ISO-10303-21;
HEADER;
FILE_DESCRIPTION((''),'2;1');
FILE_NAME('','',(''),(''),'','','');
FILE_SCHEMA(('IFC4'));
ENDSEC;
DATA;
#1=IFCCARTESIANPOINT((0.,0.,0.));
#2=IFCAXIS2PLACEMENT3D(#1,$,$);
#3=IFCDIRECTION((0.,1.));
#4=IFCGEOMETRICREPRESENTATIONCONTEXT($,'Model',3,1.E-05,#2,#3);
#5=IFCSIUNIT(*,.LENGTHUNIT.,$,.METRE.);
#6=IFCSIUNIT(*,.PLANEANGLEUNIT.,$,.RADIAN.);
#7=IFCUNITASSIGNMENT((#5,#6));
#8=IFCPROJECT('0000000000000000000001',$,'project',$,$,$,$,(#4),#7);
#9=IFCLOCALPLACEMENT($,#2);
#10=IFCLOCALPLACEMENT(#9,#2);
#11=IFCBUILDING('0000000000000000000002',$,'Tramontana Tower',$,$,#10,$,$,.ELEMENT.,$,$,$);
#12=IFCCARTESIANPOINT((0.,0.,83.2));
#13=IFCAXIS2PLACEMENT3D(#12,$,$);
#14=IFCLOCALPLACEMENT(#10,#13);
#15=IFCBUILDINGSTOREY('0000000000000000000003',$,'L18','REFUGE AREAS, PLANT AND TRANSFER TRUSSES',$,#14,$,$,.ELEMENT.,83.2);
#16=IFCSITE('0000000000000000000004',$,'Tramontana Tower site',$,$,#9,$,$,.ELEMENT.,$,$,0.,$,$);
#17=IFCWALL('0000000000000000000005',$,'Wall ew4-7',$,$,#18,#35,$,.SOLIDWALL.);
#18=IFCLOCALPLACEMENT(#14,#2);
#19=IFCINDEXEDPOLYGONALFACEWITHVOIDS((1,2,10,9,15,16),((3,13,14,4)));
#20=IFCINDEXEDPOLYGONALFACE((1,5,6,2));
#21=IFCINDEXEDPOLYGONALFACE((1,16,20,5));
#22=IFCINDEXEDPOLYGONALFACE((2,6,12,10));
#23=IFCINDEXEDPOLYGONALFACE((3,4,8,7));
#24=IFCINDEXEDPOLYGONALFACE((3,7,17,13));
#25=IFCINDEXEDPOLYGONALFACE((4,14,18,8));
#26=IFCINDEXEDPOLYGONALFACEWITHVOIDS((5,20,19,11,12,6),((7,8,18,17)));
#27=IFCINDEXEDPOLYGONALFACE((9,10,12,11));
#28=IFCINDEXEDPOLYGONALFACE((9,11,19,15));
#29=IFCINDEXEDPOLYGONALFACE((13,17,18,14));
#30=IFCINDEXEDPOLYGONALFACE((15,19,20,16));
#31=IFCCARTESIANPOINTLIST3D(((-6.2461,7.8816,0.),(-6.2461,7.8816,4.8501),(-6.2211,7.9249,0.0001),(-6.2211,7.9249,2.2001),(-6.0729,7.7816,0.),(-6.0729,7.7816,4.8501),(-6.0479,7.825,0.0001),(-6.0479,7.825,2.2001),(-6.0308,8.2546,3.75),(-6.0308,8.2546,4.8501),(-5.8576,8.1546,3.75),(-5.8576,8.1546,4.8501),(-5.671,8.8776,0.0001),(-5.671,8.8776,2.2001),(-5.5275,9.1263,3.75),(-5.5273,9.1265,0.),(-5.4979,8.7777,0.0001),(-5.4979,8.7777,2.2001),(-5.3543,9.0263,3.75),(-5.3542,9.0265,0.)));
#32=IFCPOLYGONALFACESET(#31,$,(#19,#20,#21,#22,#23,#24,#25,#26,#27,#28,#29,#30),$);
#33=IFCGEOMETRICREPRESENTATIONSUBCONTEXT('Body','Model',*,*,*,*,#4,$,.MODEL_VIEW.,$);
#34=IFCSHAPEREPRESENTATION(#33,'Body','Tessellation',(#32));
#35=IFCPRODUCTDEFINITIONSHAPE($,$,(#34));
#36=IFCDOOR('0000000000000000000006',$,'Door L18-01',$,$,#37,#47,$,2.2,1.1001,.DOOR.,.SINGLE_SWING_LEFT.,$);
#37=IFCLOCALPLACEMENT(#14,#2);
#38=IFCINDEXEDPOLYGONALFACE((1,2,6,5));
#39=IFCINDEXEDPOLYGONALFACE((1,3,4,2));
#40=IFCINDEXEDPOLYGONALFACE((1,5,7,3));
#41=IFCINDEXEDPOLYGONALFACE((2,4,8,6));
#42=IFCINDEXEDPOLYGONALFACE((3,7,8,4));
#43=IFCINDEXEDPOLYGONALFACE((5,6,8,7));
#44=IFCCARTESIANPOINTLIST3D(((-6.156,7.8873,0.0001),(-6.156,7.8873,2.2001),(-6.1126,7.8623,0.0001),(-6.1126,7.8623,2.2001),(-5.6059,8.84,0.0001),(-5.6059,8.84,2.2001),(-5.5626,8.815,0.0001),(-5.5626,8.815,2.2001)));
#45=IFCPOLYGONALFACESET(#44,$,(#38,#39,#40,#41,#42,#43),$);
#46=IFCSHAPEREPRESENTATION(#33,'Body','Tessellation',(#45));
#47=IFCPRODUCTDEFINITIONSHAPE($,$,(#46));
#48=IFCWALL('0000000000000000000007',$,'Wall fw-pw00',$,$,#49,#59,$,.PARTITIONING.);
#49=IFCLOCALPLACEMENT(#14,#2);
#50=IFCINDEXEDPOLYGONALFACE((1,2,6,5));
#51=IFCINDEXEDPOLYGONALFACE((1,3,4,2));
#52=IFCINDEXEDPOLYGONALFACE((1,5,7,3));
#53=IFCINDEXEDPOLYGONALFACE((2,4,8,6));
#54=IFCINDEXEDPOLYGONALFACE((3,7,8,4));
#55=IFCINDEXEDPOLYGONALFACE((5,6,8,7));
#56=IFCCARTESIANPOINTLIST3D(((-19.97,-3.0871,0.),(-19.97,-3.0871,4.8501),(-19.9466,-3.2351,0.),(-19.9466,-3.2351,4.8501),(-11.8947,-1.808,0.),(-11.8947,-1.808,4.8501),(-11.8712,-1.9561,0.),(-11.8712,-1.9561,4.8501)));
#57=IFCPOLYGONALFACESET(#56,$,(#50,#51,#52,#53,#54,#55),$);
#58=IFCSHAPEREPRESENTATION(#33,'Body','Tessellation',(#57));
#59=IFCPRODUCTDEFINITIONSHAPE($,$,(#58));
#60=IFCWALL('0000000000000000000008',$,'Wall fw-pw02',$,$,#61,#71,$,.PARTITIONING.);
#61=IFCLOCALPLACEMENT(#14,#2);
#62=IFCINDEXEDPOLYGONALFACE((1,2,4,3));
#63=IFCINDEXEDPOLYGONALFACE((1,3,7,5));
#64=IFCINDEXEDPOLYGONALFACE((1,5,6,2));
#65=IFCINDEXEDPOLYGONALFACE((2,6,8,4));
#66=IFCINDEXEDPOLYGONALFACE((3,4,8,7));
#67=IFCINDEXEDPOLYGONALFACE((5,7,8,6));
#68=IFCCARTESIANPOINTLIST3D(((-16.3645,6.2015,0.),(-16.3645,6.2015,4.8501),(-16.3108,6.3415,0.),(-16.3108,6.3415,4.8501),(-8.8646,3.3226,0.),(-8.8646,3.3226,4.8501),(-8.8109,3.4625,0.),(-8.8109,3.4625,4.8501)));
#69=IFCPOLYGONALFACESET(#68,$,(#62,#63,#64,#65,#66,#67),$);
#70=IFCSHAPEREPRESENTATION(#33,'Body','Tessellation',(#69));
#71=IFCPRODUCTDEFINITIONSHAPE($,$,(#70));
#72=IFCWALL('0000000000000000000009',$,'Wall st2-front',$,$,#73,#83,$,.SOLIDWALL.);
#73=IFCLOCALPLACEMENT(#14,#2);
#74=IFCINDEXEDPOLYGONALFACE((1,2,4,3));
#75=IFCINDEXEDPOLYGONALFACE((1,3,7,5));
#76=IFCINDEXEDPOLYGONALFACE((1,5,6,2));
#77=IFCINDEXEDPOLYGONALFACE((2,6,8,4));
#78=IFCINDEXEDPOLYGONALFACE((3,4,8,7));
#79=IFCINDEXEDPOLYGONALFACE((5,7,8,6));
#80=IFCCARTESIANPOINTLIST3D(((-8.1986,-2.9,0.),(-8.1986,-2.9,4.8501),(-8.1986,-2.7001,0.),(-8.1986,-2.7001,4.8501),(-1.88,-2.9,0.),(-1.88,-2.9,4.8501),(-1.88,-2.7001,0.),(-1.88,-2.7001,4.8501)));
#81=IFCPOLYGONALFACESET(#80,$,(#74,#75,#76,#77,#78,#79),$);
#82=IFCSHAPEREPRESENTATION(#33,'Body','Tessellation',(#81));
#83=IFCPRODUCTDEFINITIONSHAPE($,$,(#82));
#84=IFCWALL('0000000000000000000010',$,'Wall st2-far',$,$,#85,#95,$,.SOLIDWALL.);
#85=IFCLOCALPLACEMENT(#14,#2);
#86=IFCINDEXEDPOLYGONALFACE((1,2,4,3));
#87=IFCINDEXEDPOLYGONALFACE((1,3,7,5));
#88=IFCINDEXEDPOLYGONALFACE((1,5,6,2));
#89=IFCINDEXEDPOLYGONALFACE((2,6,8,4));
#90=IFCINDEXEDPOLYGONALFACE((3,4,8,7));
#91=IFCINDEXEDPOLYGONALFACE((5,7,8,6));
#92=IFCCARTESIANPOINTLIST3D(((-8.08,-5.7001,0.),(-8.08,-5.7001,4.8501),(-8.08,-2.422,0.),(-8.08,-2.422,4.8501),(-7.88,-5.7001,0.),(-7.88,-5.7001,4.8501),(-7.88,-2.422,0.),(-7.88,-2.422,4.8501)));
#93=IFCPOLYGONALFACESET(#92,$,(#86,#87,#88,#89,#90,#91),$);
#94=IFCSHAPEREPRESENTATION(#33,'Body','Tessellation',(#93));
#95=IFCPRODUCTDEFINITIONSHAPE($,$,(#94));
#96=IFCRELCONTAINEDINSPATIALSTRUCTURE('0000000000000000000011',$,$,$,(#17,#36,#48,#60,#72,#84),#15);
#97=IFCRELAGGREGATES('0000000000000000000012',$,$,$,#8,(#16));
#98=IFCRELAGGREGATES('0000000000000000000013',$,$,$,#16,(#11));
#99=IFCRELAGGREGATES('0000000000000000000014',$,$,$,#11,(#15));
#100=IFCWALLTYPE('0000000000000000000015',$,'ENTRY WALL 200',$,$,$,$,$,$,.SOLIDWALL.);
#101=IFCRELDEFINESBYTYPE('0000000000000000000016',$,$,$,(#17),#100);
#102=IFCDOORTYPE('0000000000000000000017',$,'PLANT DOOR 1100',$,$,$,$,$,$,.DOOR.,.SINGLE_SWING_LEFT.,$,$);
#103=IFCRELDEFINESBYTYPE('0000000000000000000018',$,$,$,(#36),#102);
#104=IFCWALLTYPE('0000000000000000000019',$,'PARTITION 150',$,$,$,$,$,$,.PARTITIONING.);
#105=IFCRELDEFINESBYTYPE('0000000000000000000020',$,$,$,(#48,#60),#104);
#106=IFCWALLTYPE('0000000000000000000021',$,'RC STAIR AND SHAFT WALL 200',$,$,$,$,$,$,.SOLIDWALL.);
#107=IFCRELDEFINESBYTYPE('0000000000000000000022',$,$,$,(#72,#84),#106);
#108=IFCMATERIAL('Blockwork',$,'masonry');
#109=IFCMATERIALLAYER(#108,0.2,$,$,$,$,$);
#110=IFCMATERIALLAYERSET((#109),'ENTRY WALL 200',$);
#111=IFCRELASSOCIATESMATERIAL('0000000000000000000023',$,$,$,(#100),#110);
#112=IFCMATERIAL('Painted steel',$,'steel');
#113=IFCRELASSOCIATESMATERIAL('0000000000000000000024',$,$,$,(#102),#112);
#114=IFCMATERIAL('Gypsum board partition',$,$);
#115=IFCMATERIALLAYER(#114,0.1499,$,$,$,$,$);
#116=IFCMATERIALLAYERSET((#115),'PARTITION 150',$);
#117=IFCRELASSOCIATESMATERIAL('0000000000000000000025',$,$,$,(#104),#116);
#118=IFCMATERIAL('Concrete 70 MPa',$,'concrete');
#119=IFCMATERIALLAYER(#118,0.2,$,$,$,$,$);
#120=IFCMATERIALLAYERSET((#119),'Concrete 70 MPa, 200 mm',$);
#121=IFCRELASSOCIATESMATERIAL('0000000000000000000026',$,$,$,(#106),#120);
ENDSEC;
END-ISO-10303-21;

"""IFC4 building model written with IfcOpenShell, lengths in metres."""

from ifc_helpers import new_model, si_unit, direction, frame, frame_2d, origin, place, context, subcontext, project, spatial, polyline, rectangle, outline, extrude, material, layer, layer_set, type_object, element, fill, save


model = new_model("IFC4")

# Units and contexts
model_context = context("Model", 3, precision=1e-05, world=origin(), true_north=direction((0.0, 1.0)))
body_context = subcontext(model_context, "Body", "Model", "MODEL_VIEW")
ifc_project = project(units=[si_unit("LENGTHUNIT", "METRE"), si_unit("PLANEANGLEUNIT", "RADIAN")], contexts=[model_context])

# Site, building, storey
site_placement = place(None, origin())
site = spatial("IfcSite", under=ifc_project, at=site_placement, Name="Tramontana Tower site", CompositionType="ELEMENT", RefElevation=0.0)
building_placement = place(site_placement, origin())
building = spatial("IfcBuilding", under=site, at=building_placement, Name="Tramontana Tower", CompositionType="ELEMENT")
storey_placement = place(building_placement, frame((0.0, 0.0, 83.2)))
storey = spatial("IfcBuildingStorey", under=building, at=storey_placement, Name="L18", Description="REFUGE AREAS, PLANT AND TRANSFER TRUSSES", CompositionType="ELEMENT", Elevation=83.2)

# Shared definitions
ifc_material_1 = material(Name="Blockwork", Category="masonry")
ifc_layer_1 = layer(ifc_material_1, 0.2)
ifc_layer_set_1 = layer_set([ifc_layer_1], Name="ENTRY WALL 200")
wall_type_1 = type_object("IfcWallType", Name="ENTRY WALL 200", PredefinedType="SOLIDWALL", material=ifc_layer_set_1)
ifc_material_2 = material(Name="Painted steel", Category="steel")
door_type = type_object("IfcDoorType", Name="PLANT DOOR 1100", OperationType="SINGLE_SWING_LEFT", PredefinedType="DOOR", material=ifc_material_2)

# Wall, opening, door
wall_1_placement = place(storey_placement, frame((-6.1594, 7.8315, 0.0), z_axis=(0.0, 0.0, 1.0), x_axis=(0.500012, 0.866019, 0.0)))
wall_1 = element("IfcWall", 1, at=wall_1_placement, inside=storey, type_object=wall_type_1, Name="Wall ew4-7", PredefinedType="SOLIDWALL", context=body_context, shape_type="SweptSolid", body=[
    extrude(outline(polyline([(0.0, 0.0), (1.4375, 0.0), (1.4373, 3.75), (0.4307, 3.75), (0.4307, 4.8501), (0.0, 4.8501), (0.0, 0.0)])), frame((0.0, 0.1001, 0.0), z_axis=(0.0, -1.0, 0.0), x_axis=(1.0, 0.0, 0.0)), (0.0, 0.0, 1.0), 0.2),
])
opening_1_placement = place(wall_1_placement, frame((0.05, 0.0, 0.0)))
opening_1 = element("IfcOpeningElement", 2, at=opening_1_placement, cuts=wall_1, PredefinedType="OPENING", context=body_context, shape_type="SweptSolid", body=[
    extrude(rectangle(XDim=1.1001, YDim=2.2, at=frame_2d((0.55, 1.1001))), frame((0.0, 0.1099, 0.0), z_axis=(0.0, -1.0, 0.0), x_axis=(1.0, 0.0, 0.0)), (0.0, 0.0, 1.0), 0.22),
])
door_1_placement = place(opening_1_placement, origin())
door_1 = element("IfcDoor", 3, at=door_1_placement, inside=storey, type_object=door_type, Name="Door L18-01", OperationType="SINGLE_SWING_LEFT", OverallHeight=2.2, OverallWidth=1.1001, PredefinedType="DOOR", context=body_context, shape_type="SweptSolid", body=[
    extrude(rectangle(XDim=1.1001, YDim=2.2, at=frame_2d((0.55, 1.1001))), frame((0.0, 0.0249, 0.0), z_axis=(0.0, -1.0, 0.0), x_axis=(1.0, 0.0, 0.0)), (0.0, 0.0, 1.0), 0.05),
])
fill(opening_1, door_1)

# Walls
ifc_material_3 = material(Name="Gypsum board partition")
ifc_layer_2 = layer(ifc_material_3, 0.1499)
ifc_layer_set_2 = layer_set([ifc_layer_2], Name="PARTITION 150")
wall_type_2 = type_object("IfcWallType", Name="PARTITION 150", PredefinedType="PARTITIONING", material=ifc_layer_set_2)
wall_2_placement = place(storey_placement, frame((-11.8831, -1.8821, 0.0), z_axis=(0.0, 0.0, 1.0), x_axis=(-0.987688, -0.156438, 0.0)))
element("IfcWall", 4, at=wall_2_placement, inside=storey, type_object=wall_type_2, Name="Wall fw-pw00", PredefinedType="PARTITIONING", context=body_context, shape_type="SweptSolid", body=[
    extrude(rectangle(XDim=8.176, YDim=0.1499, at=frame_2d((4.0879, 0.0))), origin(), (0.0, 0.0, 1.0), 4.8501),
])
wall_3_placement = place(storey_placement, frame((-8.8379, 3.3926, 0.0), z_axis=(0.0, 0.0, 1.0), x_axis=(-0.93358, 0.35837, 0.0)))
element("IfcWall", 5, at=wall_3_placement, inside=storey, type_object=wall_type_2, Name="Wall fw-pw02", PredefinedType="PARTITIONING", context=body_context, shape_type="SweptSolid", body=[
    extrude(rectangle(XDim=8.0334, YDim=0.1499, at=frame_2d((4.0166, 0.0))), origin(), (0.0, 0.0, 1.0), 4.8501),
])
ifc_material_4 = material(Name="Concrete 70 MPa", Category="concrete")
ifc_layer_3 = layer(ifc_material_4, 0.2)
ifc_layer_set_3 = layer_set([ifc_layer_3], Name="Concrete 70 MPa, 200 mm")
wall_type_3 = type_object("IfcWallType", Name="RC STAIR AND SHAFT WALL 200", PredefinedType="SOLIDWALL", material=ifc_layer_set_3)
wall_4_placement = place(storey_placement, frame((-8.1985, -2.8, 0.0), z_axis=(0.0, 0.0, 1.0), x_axis=(1.0, 0.0, 0.0)))
element("IfcWall", 6, at=wall_4_placement, inside=storey, type_object=wall_type_3, Name="Wall st2-front", PredefinedType="SOLIDWALL", context=body_context, shape_type="SweptSolid", body=[
    extrude(rectangle(XDim=6.3186, YDim=0.2, at=frame_2d((3.1592, 0.0))), origin(), (0.0, 0.0, 1.0), 4.8501),
])
wall_5_placement = place(storey_placement, frame((-7.98, -2.4219, 0.0), z_axis=(0.0, 0.0, 1.0), x_axis=(0.0, -1.0, 0.0)))
element("IfcWall", 7, at=wall_5_placement, inside=storey, type_object=wall_type_3, Name="Wall st2-far", PredefinedType="SOLIDWALL", context=body_context, shape_type="SweptSolid", body=[
    extrude(rectangle(XDim=3.2781, YDim=0.2, at=frame_2d((1.6392, 0.0))), origin(), (0.0, 0.0, 1.0), 4.8501),
])

save(model, "model.ifc")
